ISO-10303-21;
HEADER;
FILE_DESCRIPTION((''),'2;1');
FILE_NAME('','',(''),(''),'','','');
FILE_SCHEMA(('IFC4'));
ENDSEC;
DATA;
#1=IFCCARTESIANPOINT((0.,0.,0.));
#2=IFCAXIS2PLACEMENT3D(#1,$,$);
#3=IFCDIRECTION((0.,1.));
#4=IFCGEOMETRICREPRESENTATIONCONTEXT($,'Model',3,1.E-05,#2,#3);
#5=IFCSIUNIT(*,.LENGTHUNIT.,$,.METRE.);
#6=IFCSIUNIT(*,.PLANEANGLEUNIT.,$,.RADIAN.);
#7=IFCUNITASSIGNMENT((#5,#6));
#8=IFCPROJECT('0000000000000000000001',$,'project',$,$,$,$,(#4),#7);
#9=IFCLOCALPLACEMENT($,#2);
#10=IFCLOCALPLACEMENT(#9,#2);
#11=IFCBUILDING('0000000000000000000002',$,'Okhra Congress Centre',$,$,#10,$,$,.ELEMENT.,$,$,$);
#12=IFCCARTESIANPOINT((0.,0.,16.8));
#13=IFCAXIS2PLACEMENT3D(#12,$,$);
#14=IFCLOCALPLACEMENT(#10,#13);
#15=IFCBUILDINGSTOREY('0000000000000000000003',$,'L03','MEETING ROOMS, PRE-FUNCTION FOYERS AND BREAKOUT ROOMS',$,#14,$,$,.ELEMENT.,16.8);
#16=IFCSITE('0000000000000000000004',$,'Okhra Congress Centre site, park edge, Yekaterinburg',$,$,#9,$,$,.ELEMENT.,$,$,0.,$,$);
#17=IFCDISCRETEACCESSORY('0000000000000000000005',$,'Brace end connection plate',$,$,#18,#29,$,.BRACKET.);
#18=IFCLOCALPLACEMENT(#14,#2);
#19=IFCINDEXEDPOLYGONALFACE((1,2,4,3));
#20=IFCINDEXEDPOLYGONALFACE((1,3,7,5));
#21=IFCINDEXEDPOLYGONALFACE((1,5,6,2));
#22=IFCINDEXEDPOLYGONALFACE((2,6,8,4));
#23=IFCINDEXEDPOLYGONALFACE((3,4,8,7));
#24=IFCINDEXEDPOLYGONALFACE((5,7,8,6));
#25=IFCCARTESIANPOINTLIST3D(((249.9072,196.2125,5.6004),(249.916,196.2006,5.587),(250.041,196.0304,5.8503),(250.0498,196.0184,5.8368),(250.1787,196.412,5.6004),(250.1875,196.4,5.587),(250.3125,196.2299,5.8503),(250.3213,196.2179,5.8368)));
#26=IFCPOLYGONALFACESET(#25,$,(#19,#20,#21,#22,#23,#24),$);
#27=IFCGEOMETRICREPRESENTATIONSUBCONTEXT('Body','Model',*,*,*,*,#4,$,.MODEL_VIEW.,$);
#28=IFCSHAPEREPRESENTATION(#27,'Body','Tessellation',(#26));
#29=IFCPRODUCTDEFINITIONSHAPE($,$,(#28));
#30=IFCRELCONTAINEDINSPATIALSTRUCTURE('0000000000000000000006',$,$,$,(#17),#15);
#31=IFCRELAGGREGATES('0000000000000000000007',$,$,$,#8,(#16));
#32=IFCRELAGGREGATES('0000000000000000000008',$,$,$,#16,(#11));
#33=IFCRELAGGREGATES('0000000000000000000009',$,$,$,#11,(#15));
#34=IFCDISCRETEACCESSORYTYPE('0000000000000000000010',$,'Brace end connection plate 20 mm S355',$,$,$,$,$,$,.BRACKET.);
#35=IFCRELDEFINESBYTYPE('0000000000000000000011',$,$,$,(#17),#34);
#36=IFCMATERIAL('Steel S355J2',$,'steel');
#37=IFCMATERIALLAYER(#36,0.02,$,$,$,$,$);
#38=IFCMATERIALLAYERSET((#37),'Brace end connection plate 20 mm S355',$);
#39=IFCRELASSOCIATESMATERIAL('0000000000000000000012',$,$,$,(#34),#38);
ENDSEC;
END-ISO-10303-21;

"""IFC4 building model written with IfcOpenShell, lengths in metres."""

from ifc_helpers import new_model, si_unit, direction, frame, origin, origin_2d, place, context, subcontext, project, spatial, rectangle, extrude, material, layer, layer_set, type_object, element, save


model = new_model("IFC4")

# Units and contexts
model_context = context("Model", 3, precision=1e-05, world=origin(), true_north=direction((0.0, 1.0)))
body_context = subcontext(model_context, "Body", "Model", "MODEL_VIEW")
ifc_project = project(units=[si_unit("LENGTHUNIT", "METRE"), si_unit("PLANEANGLEUNIT", "RADIAN")], contexts=[model_context])

# Site, building, storey
site_placement = place(None, origin())
site = spatial("IfcSite", under=ifc_project, at=site_placement, Name="Okhra Congress Centre site, park edge, Yekaterinburg", CompositionType="ELEMENT", RefElevation=0.0)
building_placement = place(site_placement, origin())
building = spatial("IfcBuilding", under=site, at=building_placement, Name="Okhra Congress Centre", CompositionType="ELEMENT")
storey_placement = place(building_placement, frame((0.0, 0.0, 16.8)))
storey = spatial("IfcBuildingStorey", under=building, at=storey_placement, Name="L03", Description="MEETING ROOMS, PRE-FUNCTION FOYERS AND BREAKOUT ROOMS", CompositionType="ELEMENT", Elevation=16.8)

# Discrete accessory
ifc_material_1 = material(Name="Steel S355J2", Category="steel")
ifc_layer = layer(ifc_material_1, 0.02)
ifc_layer_set = layer_set([ifc_layer], Name="Brace end connection plate 20 mm S355")
discrete_accessory_type = type_object("IfcDiscreteAccessoryType", Name="Brace end connection plate 20 mm S355", PredefinedType="BRACKET", material=ifc_layer_set)
for number, where, z_axis, x_axis, name in (
    (1, (250.1187, 196.2092, 5.7119), (-0.43909, 0.59765, 0.670831), (-0.805882, -0.592076, 0.0), "Brace end connection plate"),
):
    element("IfcDiscreteAccessory", number, at=place(storey_placement, frame(where, z_axis=z_axis, x_axis=x_axis)), inside=storey, type_object=discrete_accessory_type, Name=name, PredefinedType="BRACKET", context=body_context, shape_type="SweptSolid", body=[
        extrude(rectangle(XDim=0.3369, YDim=0.3369, at=origin_2d()), origin(), (0.0, 0.0, 1.0), 0.02),
    ])

save(model, "model.ifc")
